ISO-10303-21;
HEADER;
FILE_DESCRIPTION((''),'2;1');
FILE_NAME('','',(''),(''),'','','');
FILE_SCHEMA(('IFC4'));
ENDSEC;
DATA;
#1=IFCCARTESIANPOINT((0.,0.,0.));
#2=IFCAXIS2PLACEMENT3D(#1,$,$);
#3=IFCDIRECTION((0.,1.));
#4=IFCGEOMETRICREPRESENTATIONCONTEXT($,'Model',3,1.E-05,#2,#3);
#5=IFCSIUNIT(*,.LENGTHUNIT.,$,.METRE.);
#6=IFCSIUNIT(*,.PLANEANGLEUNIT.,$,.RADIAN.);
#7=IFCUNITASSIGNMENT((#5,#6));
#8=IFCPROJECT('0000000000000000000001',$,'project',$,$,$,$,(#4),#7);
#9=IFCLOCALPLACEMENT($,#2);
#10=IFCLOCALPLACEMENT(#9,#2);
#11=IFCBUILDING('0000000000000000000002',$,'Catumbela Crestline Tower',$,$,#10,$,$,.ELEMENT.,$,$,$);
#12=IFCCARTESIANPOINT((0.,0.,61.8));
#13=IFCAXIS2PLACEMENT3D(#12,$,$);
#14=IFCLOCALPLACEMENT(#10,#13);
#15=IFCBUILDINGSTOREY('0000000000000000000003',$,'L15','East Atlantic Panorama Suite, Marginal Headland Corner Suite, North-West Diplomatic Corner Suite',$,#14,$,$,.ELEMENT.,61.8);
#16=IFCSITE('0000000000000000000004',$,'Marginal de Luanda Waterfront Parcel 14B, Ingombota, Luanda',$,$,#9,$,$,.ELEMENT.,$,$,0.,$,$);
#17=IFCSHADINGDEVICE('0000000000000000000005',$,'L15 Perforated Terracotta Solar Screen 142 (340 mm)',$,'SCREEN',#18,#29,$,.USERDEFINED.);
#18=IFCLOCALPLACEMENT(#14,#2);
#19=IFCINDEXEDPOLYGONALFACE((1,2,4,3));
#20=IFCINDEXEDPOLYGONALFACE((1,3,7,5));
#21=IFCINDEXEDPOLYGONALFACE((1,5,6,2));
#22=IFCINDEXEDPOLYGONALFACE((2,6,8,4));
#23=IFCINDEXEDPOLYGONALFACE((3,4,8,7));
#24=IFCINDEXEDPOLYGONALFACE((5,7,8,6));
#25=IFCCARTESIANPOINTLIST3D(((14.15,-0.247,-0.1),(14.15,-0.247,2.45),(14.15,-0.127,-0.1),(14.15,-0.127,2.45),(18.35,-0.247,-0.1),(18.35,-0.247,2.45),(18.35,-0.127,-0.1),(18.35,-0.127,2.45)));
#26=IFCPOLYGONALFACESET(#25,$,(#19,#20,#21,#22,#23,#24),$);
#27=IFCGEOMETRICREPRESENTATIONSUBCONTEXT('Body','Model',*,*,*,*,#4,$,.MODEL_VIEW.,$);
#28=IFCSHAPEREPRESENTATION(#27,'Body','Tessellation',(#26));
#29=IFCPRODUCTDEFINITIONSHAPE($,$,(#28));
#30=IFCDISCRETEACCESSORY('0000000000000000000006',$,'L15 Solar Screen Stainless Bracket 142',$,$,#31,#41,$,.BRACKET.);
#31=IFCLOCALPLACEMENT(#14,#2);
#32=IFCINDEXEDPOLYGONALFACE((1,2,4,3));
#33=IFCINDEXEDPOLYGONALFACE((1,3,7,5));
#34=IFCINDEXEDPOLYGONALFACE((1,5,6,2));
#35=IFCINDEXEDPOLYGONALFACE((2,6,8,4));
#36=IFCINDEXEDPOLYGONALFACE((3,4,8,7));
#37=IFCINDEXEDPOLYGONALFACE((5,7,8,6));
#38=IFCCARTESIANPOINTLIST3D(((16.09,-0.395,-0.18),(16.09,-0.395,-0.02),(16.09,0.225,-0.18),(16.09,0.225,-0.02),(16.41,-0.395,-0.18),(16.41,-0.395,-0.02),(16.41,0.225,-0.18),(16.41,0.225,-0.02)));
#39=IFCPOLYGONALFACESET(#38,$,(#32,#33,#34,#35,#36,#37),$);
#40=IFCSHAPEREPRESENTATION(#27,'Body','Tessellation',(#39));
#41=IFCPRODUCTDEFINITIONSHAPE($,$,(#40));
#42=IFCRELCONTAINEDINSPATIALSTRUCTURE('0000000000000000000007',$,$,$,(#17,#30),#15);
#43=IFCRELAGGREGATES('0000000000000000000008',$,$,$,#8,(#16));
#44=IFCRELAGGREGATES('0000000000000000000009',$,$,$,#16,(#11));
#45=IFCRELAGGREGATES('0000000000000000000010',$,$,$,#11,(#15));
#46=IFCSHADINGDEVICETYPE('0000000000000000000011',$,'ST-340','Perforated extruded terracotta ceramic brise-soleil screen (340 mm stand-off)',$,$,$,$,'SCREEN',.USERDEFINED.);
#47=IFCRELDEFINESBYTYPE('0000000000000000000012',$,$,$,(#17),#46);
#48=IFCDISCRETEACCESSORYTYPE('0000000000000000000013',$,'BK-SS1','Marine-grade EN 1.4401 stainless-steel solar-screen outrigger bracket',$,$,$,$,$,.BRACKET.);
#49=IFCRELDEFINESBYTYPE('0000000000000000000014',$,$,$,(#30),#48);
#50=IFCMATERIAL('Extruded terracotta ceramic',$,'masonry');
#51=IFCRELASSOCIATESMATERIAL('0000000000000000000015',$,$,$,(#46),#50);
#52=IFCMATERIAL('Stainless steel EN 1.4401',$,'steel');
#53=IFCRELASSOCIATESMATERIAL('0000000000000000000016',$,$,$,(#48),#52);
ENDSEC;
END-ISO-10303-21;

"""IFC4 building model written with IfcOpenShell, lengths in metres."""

from ifc_helpers import new_model, si_unit, direction, frame, origin, origin_2d, place, context, subcontext, project, spatial, rectangle, extrude, material, type_object, element, save


model = new_model("IFC4")

# Units and contexts
model_context = context("Model", 3, precision=1e-05, world=origin(), true_north=direction((0.0, 1.0)))
body_context = subcontext(model_context, "Body", "Model", "MODEL_VIEW")
ifc_project = project(units=[si_unit("LENGTHUNIT", "METRE"), si_unit("PLANEANGLEUNIT", "RADIAN")], contexts=[model_context])

# Site, building, storey
site_placement = place(None, origin())
site = spatial("IfcSite", under=ifc_project, at=site_placement, Name="Marginal de Luanda Waterfront Parcel 14B, Ingombota, Luanda", CompositionType="ELEMENT", RefElevation=0.0)
building_placement = place(site_placement, origin())
building = spatial("IfcBuilding", under=site, at=building_placement, Name="Catumbela Crestline Tower", CompositionType="ELEMENT")
storey_placement = place(building_placement, frame((0.0, 0.0, 61.8)))
storey = spatial("IfcBuildingStorey", under=building, at=storey_placement, Name="L15", Description="East Atlantic Panorama Suite, Marginal Headland Corner Suite, North-West Diplomatic Corner Suite", CompositionType="ELEMENT", Elevation=61.8)

# Shared definitions
ifc_material_1 = material(Name="Extruded terracotta ceramic", Category="masonry")

# Shading device
shading_device_type = type_object("IfcShadingDeviceType", Name="ST-340", Description="Perforated extruded terracotta ceramic brise-soleil screen (340 mm stand-off)", ElementType="SCREEN", PredefinedType="USERDEFINED", material=ifc_material_1)
shading_device_placement = place(storey_placement, frame((16.25, -0.187, -0.1), z_axis=(0.0, 0.0, 1.0), x_axis=(1.0, 0.0, 0.0)))
element("IfcShadingDevice", 1, at=shading_device_placement, inside=storey, type_object=shading_device_type, Name="L15 Perforated Terracotta Solar Screen 142 (340 mm)", ObjectType="SCREEN", PredefinedType="USERDEFINED", context=body_context, shape_type="SweptSolid", body=[
    extrude(rectangle(XDim=4.2, YDim=0.12, at=origin_2d()), origin(), (0.0, 0.0, 1.0), 2.55),
])

# Discrete accessory
ifc_material_2 = material(Name="Stainless steel EN 1.4401", Category="steel")
discrete_accessory_type = type_object("IfcDiscreteAccessoryType", Name="BK-SS1", Description="Marine-grade EN 1.4401 stainless-steel solar-screen outrigger bracket", PredefinedType="BRACKET", material=ifc_material_2)
discrete_accessory_placement = place(storey_placement, frame((16.25, -0.085, -0.18), z_axis=(0.0, 0.0, 1.0), x_axis=(1.0, 0.0, 0.0)))
element("IfcDiscreteAccessory", 2, at=discrete_accessory_placement, inside=storey, type_object=discrete_accessory_type, Name="L15 Solar Screen Stainless Bracket 142", PredefinedType="BRACKET", context=body_context, shape_type="SweptSolid", body=[
    extrude(rectangle(XDim=0.32, YDim=0.62, at=origin_2d()), origin(), (0.0, 0.0, 1.0), 0.16),
])

save(model, "model.ifc")
